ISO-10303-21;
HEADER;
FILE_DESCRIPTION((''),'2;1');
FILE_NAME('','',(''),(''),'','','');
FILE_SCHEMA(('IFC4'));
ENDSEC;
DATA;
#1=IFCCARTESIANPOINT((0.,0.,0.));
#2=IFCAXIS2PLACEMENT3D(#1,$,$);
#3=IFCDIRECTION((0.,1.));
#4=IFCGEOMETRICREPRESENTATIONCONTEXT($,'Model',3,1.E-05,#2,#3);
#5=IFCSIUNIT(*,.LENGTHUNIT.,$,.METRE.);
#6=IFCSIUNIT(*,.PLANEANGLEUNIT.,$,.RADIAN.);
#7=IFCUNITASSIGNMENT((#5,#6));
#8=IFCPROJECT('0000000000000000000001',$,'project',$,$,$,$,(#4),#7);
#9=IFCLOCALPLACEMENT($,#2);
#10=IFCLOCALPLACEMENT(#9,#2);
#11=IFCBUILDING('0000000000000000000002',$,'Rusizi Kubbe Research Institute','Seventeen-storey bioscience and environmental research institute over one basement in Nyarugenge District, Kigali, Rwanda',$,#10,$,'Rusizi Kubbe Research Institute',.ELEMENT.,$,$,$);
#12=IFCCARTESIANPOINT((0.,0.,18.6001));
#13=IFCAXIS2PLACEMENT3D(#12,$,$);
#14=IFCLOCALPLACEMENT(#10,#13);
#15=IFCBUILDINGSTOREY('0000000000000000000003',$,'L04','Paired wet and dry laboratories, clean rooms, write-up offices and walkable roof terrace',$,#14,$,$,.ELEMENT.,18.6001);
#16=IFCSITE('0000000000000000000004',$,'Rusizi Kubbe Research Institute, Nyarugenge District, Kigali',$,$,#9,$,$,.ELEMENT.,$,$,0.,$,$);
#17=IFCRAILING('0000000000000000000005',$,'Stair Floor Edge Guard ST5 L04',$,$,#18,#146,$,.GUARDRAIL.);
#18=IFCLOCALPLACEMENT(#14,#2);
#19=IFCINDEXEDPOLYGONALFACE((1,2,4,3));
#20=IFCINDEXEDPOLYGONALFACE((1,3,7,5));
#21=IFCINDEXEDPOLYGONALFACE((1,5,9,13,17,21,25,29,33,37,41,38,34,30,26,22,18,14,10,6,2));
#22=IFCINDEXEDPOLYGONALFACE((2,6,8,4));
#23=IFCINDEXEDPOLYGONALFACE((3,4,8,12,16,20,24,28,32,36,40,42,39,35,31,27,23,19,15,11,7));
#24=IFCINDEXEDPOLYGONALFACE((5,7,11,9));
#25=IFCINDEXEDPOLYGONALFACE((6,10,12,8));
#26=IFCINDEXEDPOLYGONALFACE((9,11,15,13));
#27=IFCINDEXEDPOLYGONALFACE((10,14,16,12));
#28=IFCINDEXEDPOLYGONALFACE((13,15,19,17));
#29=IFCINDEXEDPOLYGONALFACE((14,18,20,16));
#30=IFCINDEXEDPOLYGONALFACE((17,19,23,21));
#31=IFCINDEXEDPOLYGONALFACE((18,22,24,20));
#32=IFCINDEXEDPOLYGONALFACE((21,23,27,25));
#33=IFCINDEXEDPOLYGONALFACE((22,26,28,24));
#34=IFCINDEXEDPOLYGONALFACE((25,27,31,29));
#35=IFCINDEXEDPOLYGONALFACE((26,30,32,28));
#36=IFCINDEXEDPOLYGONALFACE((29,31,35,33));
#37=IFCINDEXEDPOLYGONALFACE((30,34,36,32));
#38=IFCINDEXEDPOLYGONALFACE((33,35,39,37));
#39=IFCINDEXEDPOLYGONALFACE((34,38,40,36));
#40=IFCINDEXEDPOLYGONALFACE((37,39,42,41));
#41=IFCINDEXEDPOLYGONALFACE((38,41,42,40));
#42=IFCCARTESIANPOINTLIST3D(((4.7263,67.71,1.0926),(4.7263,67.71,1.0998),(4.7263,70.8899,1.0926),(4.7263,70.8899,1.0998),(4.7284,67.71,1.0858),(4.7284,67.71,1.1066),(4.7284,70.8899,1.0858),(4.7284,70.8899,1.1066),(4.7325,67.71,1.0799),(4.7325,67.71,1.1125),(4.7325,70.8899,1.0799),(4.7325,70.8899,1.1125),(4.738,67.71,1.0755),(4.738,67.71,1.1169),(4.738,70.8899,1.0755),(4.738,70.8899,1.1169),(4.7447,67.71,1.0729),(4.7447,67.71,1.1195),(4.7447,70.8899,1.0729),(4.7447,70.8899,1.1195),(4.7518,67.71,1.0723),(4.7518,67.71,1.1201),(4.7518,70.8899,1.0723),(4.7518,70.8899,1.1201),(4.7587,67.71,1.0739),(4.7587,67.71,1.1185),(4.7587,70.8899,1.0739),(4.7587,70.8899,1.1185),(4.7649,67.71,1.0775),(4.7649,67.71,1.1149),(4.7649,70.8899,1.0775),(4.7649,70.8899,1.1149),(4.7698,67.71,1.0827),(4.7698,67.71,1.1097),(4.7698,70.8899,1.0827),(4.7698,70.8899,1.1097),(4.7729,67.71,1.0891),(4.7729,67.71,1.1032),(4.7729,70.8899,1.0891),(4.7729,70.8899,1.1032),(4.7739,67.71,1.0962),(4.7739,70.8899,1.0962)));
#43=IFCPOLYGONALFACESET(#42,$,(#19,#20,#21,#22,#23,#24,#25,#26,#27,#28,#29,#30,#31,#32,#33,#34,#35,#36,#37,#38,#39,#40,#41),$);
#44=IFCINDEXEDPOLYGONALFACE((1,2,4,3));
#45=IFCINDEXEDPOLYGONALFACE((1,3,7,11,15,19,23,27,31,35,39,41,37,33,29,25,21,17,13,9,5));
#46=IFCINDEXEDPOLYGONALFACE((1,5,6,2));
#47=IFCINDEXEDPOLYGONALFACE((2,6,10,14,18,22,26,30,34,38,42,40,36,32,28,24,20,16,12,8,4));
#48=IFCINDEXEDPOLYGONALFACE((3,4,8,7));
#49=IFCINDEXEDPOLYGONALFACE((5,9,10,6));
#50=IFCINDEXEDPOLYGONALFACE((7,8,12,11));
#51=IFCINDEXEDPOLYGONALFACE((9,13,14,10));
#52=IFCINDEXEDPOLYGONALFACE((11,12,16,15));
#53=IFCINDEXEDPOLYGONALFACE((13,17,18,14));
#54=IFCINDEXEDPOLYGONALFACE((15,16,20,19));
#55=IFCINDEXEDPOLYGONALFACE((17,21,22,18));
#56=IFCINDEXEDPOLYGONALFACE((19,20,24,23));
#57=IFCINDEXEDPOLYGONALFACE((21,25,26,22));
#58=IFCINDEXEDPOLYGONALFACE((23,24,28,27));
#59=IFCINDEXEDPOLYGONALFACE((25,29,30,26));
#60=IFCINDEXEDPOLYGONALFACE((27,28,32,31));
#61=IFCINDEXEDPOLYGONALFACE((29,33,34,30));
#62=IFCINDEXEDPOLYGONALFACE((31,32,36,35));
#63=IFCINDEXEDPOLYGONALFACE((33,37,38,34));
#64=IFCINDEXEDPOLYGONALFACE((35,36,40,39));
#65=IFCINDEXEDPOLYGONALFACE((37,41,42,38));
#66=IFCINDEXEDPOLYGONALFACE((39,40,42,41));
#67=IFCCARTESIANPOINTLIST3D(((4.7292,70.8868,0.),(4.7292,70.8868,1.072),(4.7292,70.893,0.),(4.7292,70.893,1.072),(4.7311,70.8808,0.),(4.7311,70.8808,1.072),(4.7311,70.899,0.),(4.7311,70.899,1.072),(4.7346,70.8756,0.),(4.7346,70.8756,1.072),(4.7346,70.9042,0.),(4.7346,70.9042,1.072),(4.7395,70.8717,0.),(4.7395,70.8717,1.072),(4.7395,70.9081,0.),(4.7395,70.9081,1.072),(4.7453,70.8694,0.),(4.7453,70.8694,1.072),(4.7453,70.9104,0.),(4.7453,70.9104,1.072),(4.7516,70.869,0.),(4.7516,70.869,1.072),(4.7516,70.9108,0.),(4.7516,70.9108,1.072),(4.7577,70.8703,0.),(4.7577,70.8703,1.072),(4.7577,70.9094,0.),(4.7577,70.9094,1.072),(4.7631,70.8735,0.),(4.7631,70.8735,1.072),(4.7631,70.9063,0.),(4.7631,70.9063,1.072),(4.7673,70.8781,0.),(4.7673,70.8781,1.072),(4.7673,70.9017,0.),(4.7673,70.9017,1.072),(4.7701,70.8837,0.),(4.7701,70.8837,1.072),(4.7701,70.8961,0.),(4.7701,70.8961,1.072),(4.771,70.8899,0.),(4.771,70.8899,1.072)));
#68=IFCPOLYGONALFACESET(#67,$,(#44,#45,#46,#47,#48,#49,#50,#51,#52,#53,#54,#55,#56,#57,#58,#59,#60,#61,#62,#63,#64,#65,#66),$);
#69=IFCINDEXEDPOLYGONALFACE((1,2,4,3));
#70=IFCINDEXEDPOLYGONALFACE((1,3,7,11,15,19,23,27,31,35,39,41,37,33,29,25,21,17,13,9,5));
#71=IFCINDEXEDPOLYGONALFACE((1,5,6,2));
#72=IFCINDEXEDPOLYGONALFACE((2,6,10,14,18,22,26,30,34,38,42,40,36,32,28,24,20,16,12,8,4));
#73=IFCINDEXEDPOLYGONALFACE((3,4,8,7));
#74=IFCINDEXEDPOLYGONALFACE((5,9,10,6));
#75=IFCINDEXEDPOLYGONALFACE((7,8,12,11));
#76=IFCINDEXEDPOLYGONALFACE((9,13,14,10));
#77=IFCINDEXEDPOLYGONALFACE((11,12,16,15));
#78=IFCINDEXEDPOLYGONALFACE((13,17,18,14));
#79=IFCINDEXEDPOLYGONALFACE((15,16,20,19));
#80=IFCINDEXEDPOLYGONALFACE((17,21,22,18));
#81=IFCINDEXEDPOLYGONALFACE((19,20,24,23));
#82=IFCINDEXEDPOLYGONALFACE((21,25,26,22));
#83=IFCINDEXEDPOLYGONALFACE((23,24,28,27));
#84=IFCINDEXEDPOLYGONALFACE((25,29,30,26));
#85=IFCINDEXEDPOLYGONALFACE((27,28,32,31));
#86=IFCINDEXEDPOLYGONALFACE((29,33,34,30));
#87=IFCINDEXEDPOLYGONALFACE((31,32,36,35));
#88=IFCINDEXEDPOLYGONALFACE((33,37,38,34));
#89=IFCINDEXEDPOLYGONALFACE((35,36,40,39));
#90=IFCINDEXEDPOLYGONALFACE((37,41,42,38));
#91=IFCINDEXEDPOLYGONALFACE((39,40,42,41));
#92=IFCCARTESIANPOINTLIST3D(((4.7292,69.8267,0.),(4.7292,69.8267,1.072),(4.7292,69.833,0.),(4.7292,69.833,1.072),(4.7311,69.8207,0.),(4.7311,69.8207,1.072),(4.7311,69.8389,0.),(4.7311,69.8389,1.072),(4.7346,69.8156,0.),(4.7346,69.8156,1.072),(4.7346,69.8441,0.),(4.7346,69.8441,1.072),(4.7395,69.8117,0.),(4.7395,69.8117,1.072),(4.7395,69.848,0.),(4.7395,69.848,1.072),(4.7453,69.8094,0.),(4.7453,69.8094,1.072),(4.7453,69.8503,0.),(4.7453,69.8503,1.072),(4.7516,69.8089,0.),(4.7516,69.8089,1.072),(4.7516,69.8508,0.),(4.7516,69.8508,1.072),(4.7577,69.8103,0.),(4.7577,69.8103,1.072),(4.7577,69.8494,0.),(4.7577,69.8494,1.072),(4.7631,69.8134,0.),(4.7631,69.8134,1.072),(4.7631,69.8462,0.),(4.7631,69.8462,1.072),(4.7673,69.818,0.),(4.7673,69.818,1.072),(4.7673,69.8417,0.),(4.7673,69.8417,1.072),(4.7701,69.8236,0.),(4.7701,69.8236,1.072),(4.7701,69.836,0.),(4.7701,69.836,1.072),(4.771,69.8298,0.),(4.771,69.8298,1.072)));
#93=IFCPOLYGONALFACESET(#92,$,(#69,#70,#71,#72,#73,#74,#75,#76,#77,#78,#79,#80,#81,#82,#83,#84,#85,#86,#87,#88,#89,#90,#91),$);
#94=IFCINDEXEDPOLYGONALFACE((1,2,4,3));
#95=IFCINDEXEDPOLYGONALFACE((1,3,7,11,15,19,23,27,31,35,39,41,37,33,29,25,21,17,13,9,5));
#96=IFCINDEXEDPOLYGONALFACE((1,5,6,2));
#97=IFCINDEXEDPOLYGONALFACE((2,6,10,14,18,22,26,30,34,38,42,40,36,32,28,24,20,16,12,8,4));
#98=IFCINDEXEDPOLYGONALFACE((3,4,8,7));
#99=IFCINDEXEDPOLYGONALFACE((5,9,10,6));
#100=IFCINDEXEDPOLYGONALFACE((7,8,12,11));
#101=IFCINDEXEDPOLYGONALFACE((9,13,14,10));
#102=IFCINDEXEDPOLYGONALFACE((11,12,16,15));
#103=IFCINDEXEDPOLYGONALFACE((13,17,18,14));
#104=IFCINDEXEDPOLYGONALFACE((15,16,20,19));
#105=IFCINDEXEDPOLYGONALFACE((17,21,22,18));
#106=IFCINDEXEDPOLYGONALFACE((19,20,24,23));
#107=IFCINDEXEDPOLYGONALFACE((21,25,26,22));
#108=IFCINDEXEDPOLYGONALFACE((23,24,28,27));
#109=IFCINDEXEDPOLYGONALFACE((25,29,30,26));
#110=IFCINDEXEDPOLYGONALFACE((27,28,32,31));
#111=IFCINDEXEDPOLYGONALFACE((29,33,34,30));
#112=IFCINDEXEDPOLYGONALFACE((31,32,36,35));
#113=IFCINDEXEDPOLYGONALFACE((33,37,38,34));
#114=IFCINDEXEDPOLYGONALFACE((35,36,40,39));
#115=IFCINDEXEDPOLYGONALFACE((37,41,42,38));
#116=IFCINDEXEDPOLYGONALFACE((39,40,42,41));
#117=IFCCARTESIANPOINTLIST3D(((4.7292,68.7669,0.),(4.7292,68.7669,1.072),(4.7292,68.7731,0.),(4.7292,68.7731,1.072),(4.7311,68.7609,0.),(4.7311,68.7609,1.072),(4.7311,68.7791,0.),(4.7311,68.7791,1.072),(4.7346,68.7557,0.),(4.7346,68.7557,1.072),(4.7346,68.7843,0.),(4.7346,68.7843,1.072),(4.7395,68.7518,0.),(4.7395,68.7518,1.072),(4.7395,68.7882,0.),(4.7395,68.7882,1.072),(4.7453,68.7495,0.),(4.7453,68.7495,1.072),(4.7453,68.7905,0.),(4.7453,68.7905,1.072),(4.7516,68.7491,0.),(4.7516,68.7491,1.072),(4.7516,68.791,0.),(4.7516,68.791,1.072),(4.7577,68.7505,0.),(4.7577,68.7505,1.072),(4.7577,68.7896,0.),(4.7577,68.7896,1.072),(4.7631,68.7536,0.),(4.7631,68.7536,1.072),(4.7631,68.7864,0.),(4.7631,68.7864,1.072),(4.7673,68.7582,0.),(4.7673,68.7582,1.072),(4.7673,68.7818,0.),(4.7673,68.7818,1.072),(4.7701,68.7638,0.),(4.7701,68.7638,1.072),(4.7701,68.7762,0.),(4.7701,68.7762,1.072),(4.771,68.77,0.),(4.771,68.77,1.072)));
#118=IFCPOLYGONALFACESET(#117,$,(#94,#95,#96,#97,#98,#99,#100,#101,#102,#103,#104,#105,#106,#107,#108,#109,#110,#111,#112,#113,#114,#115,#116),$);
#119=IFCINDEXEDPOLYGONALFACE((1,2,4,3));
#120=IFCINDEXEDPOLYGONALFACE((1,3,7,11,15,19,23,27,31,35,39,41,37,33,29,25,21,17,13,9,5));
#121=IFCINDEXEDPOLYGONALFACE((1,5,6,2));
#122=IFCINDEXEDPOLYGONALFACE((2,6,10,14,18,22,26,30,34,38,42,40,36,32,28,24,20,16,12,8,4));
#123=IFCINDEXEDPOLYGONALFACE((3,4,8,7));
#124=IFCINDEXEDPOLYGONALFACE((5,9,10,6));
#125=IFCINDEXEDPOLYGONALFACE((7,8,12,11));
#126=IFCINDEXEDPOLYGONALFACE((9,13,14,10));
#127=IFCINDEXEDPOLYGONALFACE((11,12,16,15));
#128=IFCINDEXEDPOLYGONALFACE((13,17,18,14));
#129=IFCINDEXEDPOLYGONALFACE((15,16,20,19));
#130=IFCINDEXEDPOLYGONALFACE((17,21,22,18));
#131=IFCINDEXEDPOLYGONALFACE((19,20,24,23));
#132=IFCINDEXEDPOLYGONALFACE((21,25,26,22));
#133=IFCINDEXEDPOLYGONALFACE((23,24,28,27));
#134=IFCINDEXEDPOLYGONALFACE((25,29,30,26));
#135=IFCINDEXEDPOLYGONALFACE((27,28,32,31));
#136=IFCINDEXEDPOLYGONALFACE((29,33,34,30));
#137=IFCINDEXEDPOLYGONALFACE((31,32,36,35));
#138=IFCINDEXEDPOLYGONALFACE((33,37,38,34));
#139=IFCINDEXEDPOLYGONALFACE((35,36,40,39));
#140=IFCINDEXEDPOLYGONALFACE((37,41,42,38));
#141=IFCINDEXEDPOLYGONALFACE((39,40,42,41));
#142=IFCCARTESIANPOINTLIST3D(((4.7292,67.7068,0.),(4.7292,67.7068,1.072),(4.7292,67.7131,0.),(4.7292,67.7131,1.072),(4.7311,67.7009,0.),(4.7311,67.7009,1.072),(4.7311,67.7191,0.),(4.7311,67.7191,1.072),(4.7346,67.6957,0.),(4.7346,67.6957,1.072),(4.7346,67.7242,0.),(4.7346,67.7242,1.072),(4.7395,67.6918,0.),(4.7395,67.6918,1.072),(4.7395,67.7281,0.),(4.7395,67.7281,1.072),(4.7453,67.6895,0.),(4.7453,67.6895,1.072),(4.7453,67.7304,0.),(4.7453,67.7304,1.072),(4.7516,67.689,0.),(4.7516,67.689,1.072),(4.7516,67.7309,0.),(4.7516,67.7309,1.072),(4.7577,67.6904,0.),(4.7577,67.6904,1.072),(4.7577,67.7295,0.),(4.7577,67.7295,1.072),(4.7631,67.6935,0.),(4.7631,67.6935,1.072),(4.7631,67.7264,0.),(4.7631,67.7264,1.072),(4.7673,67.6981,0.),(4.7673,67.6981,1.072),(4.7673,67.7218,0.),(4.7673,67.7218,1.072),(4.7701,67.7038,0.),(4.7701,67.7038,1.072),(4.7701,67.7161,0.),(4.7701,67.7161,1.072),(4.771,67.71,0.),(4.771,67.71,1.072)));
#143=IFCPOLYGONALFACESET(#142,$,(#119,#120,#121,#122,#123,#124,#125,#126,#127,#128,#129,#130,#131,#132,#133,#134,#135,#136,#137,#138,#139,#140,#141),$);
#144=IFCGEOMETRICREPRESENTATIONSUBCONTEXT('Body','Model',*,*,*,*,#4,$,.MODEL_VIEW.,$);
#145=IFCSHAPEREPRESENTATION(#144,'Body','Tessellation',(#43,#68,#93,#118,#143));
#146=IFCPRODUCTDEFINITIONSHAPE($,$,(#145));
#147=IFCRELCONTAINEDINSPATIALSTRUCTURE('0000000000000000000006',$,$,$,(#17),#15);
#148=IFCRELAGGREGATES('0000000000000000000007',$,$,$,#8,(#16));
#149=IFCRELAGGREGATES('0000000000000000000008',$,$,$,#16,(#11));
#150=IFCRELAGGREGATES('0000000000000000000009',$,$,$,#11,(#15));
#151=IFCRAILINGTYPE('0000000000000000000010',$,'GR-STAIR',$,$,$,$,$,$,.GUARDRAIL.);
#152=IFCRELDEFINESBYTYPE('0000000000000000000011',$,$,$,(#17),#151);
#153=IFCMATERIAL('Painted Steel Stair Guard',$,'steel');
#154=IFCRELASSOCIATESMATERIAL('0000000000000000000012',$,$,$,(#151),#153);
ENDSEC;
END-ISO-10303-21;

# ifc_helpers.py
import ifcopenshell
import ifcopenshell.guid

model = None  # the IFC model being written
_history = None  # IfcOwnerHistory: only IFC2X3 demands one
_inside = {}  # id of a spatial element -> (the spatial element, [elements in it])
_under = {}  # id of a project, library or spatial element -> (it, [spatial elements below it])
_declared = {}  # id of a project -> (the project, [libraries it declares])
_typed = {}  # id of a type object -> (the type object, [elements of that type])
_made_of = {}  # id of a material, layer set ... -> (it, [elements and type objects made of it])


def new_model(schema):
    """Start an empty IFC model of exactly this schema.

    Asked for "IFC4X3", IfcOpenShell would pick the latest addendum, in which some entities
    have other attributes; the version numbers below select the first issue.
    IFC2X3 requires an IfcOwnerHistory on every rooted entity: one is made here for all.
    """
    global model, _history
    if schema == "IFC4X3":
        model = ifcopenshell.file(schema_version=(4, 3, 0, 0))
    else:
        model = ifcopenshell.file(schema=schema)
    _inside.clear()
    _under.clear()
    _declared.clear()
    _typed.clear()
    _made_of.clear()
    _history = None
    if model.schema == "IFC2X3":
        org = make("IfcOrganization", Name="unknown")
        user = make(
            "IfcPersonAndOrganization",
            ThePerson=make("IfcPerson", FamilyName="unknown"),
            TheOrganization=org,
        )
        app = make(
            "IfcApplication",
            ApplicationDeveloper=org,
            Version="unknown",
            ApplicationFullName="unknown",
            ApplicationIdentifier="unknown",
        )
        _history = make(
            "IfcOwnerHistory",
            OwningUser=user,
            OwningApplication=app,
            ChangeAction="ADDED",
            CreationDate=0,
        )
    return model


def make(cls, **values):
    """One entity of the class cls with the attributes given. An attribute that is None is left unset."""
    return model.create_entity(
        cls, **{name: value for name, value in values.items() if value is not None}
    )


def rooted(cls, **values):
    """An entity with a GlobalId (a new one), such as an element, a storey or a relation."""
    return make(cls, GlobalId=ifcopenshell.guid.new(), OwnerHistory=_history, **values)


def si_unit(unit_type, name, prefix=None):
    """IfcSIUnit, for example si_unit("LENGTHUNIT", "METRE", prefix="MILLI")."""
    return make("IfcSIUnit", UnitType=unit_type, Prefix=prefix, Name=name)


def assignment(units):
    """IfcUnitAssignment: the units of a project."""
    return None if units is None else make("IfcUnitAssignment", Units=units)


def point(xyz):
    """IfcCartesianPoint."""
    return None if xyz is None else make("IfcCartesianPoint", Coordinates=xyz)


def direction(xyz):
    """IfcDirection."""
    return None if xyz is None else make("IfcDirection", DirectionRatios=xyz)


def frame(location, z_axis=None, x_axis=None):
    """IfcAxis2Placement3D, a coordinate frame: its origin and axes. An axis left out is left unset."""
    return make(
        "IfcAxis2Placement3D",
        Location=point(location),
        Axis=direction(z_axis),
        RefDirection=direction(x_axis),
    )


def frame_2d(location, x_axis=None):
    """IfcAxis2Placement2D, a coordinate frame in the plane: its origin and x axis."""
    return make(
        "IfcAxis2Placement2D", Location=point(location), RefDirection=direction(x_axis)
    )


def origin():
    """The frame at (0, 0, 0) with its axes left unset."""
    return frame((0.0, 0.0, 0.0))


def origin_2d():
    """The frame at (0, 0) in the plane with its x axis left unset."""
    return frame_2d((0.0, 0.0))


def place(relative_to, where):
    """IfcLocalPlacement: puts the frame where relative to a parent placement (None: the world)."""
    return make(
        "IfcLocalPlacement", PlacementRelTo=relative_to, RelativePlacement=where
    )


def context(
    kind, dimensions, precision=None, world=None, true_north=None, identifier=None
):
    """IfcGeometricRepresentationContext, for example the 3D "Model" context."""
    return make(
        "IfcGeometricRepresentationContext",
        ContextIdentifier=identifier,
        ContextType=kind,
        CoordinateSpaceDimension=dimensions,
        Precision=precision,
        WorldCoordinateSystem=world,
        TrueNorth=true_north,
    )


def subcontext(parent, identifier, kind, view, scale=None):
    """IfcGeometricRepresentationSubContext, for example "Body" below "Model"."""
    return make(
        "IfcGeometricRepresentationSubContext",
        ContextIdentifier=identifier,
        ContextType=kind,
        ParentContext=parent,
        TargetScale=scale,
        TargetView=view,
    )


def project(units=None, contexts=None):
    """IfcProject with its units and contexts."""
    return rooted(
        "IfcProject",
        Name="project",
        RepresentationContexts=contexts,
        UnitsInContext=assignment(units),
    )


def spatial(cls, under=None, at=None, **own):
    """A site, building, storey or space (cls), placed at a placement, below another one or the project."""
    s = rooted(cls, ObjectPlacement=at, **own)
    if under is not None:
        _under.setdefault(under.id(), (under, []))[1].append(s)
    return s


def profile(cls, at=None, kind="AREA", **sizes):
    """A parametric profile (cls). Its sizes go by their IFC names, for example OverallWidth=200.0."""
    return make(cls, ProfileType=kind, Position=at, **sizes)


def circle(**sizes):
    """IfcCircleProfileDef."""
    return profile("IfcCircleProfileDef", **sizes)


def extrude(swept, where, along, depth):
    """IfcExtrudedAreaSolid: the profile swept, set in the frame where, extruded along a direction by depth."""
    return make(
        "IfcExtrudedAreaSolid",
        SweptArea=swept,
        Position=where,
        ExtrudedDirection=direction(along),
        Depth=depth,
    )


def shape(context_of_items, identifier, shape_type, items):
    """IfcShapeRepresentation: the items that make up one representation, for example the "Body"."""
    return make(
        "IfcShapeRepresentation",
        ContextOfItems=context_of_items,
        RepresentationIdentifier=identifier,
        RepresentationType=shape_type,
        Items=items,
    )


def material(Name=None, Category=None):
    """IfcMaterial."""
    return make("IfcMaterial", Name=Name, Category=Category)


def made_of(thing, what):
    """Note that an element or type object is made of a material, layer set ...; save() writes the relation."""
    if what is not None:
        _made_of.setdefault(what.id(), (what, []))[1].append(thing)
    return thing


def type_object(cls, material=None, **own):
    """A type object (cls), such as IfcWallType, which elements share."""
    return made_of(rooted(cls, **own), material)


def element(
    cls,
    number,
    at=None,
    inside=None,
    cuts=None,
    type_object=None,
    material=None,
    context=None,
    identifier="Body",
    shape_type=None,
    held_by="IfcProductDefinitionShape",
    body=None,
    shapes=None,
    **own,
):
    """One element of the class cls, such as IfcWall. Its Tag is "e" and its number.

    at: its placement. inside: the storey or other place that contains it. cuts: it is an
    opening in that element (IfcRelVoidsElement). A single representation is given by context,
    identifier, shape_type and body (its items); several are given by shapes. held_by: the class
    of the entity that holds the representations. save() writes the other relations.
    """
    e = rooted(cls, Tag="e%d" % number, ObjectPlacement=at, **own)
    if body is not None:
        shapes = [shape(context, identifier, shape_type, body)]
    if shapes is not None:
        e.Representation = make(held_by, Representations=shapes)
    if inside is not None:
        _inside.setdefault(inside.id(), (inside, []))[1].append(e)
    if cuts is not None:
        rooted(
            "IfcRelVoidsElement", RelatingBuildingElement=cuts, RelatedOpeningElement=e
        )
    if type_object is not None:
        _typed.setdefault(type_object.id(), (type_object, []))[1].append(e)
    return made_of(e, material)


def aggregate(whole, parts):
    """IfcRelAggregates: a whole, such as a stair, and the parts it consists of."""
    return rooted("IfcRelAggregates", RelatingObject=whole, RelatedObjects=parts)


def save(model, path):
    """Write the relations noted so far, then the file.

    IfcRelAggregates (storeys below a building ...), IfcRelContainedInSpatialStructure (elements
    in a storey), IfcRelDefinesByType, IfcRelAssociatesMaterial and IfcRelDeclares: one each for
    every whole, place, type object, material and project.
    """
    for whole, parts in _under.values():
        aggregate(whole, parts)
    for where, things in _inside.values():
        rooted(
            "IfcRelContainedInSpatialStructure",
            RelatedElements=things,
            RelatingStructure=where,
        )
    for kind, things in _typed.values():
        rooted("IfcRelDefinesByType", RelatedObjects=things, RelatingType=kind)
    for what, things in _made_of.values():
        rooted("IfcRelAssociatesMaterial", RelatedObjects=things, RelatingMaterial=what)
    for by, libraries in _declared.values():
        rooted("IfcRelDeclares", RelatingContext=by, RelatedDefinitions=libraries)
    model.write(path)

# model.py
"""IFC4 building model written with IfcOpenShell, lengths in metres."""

from ifc_helpers import new_model, si_unit, direction, frame, origin, origin_2d, place, context, subcontext, project, spatial, circle, extrude, material, type_object, element, save


model = new_model("IFC4")

# Units and contexts
model_context = context("Model", 3, precision=1e-05, world=origin(), true_north=direction((0.0, 1.0)))
body_context = subcontext(model_context, "Body", "Model", "MODEL_VIEW")
ifc_project = project(units=[si_unit("LENGTHUNIT", "METRE"), si_unit("PLANEANGLEUNIT", "RADIAN")], contexts=[model_context])

# Site, building, storey
site_placement = place(None, origin())
site = spatial("IfcSite", under=ifc_project, at=site_placement, Name="Rusizi Kubbe Research Institute, Nyarugenge District, Kigali", CompositionType="ELEMENT", RefElevation=0.0)
building_placement = place(site_placement, origin())
building = spatial("IfcBuilding", under=site, at=building_placement, Name="Rusizi Kubbe Research Institute", Description="Seventeen-storey bioscience and environmental research institute over one basement in Nyarugenge District, Kigali, Rwanda", LongName="Rusizi Kubbe Research Institute", CompositionType="ELEMENT")
storey_placement = place(building_placement, frame((0.0, 0.0, 18.6001)))
storey = spatial("IfcBuildingStorey", under=building, at=storey_placement, Name="L04", Description="Paired wet and dry laboratories, clean rooms, write-up offices and walkable roof terrace", CompositionType="ELEMENT", Elevation=18.6001)

# Railing
ifc_material_1 = material(Name="Painted Steel Stair Guard", Category="steel")
railing_type_1 = type_object("IfcRailingType", Name="GR-STAIR", PredefinedType="GUARDRAIL", material=ifc_material_1)
railing_1_placement = place(storey_placement, frame((4.75, 70.8899, 0.0)))
element("IfcRailing", 1, at=railing_1_placement, inside=storey, type_object=railing_type_1, Name="Stair Floor Edge Guard ST5 L04", PredefinedType="GUARDRAIL", context=body_context, shape_type="SweptSolid", body=[
    extrude(circle(Radius=0.0239, at=origin_2d()), frame((0.0, 0.0, 1.0962), z_axis=(0.0, -1.0, 0.0), x_axis=(1.0, 0.0, 0.0)), (0.0, 0.0, 1.0), 3.1799),
    extrude(circle(Radius=0.021, at=origin_2d()), origin(), (0.0, 0.0, 1.0), 1.072),
    extrude(circle(Radius=0.021, at=origin_2d()), frame((0.0, -1.0601, 0.0)), (0.0, 0.0, 1.0), 1.072),
    extrude(circle(Radius=0.021, at=origin_2d()), frame((0.0, -2.1199, 0.0)), (0.0, 0.0, 1.0), 1.072),
    extrude(circle(Radius=0.021, at=origin_2d()), frame((0.0, -3.1799, 0.0)), (0.0, 0.0, 1.0), 1.072),
])

save(model, "model.ifc")
